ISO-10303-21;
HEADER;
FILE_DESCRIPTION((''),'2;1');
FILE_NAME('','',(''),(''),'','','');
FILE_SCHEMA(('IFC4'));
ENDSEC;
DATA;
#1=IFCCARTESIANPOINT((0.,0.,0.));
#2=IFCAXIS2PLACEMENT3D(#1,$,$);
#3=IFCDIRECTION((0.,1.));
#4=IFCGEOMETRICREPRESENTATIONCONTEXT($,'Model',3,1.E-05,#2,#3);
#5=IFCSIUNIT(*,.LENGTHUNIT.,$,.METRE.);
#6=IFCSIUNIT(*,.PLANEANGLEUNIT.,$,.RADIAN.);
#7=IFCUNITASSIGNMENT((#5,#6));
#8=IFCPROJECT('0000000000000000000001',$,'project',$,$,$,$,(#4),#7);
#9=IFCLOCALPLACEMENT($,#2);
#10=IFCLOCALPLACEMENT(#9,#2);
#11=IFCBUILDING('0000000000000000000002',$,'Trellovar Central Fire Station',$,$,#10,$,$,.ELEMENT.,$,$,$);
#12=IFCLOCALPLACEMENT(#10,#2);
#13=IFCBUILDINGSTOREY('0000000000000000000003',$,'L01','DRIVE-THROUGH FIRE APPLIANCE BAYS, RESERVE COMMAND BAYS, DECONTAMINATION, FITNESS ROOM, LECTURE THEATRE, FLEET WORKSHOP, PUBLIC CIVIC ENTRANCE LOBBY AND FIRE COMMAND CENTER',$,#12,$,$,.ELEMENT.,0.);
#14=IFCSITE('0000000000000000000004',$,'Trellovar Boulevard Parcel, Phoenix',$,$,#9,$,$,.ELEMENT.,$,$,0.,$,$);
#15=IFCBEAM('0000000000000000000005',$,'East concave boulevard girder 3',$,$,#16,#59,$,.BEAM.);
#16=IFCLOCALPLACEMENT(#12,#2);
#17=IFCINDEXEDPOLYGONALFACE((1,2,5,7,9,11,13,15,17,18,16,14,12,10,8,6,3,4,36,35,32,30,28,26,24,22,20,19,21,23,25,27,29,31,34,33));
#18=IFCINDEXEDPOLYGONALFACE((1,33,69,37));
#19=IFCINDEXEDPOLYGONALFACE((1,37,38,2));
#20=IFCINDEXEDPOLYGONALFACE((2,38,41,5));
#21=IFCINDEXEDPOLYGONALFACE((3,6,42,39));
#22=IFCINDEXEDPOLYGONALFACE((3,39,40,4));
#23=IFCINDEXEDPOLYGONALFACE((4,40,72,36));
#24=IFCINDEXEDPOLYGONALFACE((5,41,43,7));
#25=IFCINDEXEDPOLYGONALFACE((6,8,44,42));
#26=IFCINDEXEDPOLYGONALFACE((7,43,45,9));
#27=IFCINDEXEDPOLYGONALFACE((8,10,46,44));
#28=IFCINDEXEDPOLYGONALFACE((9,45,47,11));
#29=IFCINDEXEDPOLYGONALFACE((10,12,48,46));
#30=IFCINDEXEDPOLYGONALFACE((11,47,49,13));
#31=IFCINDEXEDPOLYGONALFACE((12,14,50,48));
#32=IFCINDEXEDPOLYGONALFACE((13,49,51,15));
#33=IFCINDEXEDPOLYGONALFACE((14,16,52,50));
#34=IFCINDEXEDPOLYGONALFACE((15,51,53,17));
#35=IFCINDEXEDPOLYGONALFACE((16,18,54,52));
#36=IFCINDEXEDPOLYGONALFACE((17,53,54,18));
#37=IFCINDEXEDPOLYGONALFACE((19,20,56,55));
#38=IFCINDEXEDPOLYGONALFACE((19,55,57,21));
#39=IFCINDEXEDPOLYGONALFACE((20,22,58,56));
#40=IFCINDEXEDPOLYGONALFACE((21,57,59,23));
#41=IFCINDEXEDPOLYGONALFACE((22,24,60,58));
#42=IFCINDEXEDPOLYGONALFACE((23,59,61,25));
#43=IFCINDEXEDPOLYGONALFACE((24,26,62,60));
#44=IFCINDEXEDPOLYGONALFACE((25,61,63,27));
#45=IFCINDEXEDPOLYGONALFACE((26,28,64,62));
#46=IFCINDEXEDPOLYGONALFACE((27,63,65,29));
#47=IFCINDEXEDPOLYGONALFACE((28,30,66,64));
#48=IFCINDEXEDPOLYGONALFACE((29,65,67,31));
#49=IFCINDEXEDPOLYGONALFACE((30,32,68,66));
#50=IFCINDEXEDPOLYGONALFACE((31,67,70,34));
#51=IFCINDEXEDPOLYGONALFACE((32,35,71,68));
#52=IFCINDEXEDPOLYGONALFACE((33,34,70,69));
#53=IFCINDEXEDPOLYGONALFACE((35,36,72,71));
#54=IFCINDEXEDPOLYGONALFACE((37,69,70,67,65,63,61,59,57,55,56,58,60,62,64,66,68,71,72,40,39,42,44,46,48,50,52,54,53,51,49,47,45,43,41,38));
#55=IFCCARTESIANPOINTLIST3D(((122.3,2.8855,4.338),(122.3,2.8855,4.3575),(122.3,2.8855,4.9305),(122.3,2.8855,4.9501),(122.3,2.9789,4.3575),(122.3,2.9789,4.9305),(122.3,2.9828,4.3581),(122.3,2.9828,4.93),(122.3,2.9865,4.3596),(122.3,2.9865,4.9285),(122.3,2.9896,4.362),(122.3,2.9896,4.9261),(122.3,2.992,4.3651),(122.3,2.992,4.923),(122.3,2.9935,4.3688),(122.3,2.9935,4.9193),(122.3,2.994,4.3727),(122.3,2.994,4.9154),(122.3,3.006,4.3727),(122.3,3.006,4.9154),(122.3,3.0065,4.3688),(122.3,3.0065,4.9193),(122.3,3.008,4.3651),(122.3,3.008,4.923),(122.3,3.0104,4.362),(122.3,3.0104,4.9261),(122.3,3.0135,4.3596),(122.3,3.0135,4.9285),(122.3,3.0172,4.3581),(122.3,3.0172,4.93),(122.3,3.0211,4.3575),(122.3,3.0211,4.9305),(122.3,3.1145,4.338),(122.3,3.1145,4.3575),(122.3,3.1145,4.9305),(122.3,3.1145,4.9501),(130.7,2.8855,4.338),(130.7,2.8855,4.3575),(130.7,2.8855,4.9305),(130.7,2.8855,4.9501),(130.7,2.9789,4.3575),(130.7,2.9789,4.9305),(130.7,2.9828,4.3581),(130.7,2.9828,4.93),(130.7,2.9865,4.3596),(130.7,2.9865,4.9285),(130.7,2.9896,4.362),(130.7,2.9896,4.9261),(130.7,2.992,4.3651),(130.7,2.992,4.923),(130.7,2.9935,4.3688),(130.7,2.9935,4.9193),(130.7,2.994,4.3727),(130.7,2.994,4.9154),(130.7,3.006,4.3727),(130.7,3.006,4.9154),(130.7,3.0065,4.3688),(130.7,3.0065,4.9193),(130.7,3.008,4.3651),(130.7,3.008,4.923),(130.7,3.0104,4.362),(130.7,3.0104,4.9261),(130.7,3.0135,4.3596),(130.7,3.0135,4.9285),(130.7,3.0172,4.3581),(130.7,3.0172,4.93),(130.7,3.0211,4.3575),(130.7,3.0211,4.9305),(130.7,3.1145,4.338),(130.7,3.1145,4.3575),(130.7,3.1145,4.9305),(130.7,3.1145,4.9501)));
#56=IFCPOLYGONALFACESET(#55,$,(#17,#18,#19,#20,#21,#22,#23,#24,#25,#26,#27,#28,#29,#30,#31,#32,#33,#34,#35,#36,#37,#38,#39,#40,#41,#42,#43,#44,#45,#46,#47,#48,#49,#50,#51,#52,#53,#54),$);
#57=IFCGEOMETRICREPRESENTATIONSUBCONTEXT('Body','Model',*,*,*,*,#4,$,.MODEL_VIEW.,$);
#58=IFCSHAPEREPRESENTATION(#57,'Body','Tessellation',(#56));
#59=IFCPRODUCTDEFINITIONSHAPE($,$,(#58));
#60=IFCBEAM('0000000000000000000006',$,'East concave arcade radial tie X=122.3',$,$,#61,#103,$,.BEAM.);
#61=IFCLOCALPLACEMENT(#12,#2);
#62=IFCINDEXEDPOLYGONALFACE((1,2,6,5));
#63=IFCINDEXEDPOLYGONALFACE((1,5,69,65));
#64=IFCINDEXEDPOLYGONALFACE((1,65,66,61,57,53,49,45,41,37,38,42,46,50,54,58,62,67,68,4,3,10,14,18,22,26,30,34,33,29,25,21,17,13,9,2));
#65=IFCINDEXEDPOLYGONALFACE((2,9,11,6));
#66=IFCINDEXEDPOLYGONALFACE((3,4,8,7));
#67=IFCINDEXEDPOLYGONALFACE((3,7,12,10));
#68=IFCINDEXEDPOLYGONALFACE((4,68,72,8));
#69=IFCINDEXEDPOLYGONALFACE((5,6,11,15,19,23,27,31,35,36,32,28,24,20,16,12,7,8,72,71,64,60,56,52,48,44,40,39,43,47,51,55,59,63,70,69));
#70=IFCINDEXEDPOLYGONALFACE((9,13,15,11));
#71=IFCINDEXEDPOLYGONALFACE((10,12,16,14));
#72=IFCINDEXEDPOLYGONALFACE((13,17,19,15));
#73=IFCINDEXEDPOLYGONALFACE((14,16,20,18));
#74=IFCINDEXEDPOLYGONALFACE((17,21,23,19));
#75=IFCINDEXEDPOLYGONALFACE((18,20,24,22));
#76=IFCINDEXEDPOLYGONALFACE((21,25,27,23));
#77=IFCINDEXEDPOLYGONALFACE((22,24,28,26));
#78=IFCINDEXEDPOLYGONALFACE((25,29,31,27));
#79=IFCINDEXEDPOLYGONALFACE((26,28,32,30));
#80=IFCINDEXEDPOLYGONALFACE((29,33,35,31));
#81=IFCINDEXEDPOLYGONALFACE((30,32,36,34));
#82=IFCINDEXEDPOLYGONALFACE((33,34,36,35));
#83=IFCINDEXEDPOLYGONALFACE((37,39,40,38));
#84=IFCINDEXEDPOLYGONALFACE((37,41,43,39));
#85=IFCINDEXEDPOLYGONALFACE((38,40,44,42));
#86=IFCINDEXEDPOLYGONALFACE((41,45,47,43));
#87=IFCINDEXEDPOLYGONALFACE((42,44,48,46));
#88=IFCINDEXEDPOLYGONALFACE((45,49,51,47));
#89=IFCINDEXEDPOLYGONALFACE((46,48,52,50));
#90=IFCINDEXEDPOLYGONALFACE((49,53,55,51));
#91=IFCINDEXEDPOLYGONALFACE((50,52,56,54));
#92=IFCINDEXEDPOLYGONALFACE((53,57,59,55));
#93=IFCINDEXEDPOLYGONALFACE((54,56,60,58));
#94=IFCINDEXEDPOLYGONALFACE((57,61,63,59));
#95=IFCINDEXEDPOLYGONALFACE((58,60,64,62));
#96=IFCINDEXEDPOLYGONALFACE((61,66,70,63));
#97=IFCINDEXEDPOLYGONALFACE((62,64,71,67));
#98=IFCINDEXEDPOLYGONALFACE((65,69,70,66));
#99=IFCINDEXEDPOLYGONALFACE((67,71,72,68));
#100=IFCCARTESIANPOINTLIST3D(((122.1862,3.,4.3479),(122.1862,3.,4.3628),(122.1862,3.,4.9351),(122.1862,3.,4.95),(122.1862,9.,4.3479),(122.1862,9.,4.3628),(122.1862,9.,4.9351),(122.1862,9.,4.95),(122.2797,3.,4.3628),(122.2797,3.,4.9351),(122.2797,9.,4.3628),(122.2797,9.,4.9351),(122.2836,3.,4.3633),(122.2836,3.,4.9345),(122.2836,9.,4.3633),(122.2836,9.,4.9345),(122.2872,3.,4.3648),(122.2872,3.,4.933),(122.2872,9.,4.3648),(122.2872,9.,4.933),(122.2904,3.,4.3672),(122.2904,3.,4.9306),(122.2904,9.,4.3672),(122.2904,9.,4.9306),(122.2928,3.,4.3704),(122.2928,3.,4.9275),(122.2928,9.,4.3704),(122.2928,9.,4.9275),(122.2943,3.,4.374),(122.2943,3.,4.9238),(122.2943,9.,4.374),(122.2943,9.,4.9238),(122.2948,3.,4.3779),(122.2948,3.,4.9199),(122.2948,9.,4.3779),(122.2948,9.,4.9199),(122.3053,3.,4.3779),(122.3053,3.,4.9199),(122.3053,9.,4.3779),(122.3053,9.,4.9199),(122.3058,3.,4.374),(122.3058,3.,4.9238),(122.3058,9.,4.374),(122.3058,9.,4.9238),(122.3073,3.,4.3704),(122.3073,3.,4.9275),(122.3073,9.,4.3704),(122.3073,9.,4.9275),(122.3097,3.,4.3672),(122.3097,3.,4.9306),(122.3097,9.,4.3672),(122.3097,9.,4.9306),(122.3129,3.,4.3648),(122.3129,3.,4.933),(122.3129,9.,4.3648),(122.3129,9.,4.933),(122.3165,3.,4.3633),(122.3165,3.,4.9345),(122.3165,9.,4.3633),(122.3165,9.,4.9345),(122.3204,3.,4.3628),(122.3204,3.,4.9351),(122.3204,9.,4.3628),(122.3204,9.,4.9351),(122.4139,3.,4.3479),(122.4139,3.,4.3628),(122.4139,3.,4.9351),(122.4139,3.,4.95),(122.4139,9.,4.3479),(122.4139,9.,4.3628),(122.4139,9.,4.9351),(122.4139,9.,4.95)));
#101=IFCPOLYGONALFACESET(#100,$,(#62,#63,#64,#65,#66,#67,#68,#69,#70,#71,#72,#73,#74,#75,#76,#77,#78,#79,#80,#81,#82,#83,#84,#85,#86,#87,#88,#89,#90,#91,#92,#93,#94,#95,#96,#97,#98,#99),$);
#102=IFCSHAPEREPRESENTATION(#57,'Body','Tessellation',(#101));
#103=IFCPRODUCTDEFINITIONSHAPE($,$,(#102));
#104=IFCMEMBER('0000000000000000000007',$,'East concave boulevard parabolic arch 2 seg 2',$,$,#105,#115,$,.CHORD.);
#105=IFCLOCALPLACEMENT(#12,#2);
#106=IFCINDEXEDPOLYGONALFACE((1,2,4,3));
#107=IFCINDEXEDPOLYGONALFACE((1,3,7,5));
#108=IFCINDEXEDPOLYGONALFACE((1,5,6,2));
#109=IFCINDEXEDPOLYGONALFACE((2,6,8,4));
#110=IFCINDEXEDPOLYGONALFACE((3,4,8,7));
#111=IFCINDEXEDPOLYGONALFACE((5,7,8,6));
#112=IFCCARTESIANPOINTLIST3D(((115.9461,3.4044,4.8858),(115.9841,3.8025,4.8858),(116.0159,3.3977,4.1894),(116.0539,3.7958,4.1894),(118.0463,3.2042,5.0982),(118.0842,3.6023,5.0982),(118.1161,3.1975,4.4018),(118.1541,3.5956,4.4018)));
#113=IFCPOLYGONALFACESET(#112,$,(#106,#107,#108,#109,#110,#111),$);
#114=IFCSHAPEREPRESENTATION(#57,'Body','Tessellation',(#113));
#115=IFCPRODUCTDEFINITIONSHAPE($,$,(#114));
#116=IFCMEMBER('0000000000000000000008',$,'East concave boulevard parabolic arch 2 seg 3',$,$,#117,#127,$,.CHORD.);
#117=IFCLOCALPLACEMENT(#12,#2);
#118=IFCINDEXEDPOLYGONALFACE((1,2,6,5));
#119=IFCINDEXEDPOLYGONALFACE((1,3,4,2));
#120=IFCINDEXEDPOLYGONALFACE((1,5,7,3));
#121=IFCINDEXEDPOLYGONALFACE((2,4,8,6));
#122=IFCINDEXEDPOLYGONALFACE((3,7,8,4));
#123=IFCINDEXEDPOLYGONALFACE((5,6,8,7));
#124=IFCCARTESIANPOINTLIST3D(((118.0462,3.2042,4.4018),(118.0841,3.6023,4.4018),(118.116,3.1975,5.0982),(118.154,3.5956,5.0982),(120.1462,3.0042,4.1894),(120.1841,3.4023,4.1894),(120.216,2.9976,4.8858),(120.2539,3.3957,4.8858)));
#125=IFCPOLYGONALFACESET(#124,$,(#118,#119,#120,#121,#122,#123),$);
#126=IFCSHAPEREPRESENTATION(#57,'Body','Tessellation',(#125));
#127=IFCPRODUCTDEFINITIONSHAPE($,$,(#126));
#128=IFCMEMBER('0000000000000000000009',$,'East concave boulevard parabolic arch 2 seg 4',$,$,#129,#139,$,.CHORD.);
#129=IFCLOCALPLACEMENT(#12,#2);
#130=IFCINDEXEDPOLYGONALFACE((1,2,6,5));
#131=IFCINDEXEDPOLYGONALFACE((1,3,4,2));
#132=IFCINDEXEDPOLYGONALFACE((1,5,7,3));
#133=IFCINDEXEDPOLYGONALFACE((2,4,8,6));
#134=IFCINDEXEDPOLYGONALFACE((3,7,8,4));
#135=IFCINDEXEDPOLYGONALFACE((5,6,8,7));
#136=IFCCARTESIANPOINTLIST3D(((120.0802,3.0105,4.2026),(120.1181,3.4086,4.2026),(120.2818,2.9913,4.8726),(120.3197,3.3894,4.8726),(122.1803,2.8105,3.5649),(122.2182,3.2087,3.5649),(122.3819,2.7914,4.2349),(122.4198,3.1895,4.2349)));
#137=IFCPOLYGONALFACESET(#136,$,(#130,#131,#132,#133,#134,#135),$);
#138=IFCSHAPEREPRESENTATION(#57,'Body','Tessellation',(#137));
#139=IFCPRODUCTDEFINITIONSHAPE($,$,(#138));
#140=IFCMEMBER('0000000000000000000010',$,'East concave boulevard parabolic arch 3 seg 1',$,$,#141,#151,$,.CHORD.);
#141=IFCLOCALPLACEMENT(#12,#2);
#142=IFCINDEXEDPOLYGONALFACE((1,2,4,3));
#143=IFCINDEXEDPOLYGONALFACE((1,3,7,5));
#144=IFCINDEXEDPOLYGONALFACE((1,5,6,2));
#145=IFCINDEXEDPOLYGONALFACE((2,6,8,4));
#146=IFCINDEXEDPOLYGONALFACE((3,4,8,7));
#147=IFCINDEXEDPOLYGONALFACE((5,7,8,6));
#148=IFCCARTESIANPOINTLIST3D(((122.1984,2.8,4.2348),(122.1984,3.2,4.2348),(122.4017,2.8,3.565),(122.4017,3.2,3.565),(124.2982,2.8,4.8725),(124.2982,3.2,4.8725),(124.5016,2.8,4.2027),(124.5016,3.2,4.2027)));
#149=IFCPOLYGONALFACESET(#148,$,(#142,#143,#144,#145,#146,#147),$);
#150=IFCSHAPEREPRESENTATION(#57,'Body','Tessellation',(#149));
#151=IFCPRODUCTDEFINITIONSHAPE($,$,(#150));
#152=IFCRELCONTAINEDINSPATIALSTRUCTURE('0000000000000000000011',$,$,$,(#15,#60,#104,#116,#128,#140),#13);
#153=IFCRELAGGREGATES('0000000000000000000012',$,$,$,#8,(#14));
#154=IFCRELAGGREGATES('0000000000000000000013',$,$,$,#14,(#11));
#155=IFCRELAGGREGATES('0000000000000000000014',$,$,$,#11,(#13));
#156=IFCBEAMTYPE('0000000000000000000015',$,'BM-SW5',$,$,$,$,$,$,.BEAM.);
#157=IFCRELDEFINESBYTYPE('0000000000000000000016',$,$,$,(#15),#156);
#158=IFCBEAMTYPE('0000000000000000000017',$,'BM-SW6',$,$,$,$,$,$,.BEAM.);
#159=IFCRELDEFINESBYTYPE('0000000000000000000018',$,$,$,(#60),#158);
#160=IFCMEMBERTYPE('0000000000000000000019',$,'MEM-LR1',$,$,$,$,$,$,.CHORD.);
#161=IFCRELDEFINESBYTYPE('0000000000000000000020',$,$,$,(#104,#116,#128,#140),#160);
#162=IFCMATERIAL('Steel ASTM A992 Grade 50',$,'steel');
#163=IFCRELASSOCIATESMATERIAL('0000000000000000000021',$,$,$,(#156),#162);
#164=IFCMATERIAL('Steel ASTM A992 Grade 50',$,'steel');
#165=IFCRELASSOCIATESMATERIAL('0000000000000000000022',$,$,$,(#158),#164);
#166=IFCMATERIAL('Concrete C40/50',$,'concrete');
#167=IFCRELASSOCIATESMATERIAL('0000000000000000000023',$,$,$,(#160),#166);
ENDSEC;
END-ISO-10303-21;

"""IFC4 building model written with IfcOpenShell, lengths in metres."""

from ifc_helpers import new_model, si_unit, direction, frame, origin, origin_2d, place, context, subcontext, project, spatial, rectangle, i_section, extrude, material, material_profile, profile_set, type_object, element, save


model = new_model("IFC4")

# Units and contexts
model_context = context("Model", 3, precision=1e-05, world=origin(), true_north=direction((0.0, 1.0)))
body_context = subcontext(model_context, "Body", "Model", "MODEL_VIEW")
ifc_project = project(units=[si_unit("LENGTHUNIT", "METRE"), si_unit("PLANEANGLEUNIT", "RADIAN")], contexts=[model_context])

# Site, building, storey
site_placement = place(None, origin())
site = spatial("IfcSite", under=ifc_project, at=site_placement, Name="Trellovar Boulevard Parcel, Phoenix", CompositionType="ELEMENT", RefElevation=0.0)
building_placement = place(site_placement, origin())
building = spatial("IfcBuilding", under=site, at=building_placement, Name="Trellovar Central Fire Station", CompositionType="ELEMENT")
storey_placement = place(building_placement, origin())
storey = spatial("IfcBuildingStorey", under=building, at=storey_placement, Name="L01", Description="DRIVE-THROUGH FIRE APPLIANCE BAYS, RESERVE COMMAND BAYS, DECONTAMINATION, FITNESS ROOM, LECTURE THEATRE, FLEET WORKSHOP, PUBLIC CIVIC ENTRANCE LOBBY AND FIRE COMMAND CENTER", CompositionType="ELEMENT", Elevation=0.0)

# Beams
ifc_material_1 = material(Name="Steel ASTM A992 Grade 50", Category="steel")
ifc_material_profile_1 = material_profile(ifc_material_1, i_section(OverallWidth=0.229, OverallDepth=0.6121, WebThickness=0.012, FlangeThickness=0.0195, FilletRadius=0.0151, at=origin_2d()), Name="W24X84")
ifc_profile_set_1 = profile_set([ifc_material_profile_1], Name="Steel ASTM A992 Grade 50")
beam_type_1 = type_object("IfcBeamType", Name="BM-SW5", PredefinedType="BEAM", material=ifc_profile_set_1)
beam_1_placement = place(storey_placement, frame((122.3, 3.0, 4.644), z_axis=(1.0, 0.0, 0.0), x_axis=(0.0, 1.0, 0.0)))
element("IfcBeam", 1, at=beam_1_placement, inside=storey, type_object=beam_type_1, Name="East concave boulevard girder 3", PredefinedType="BEAM", context=body_context, shape_type="SweptSolid", body=[
    extrude(i_section(OverallWidth=0.229, OverallDepth=0.6121, WebThickness=0.012, FlangeThickness=0.0195, FilletRadius=0.0151, at=origin_2d()), origin(), (0.0, 0.0, 1.0), 8.3999),
])
ifc_material_2 = material(Name="Steel ASTM A992 Grade 50", Category="steel")
ifc_material_profile_2 = material_profile(ifc_material_2, i_section(OverallWidth=0.2278, OverallDepth=0.6021, WebThickness=0.0105, FlangeThickness=0.0149, FilletRadius=0.0151, at=origin_2d()), Name="W24X68")
ifc_profile_set_2 = profile_set([ifc_material_profile_2], Name="Steel ASTM A992 Grade 50")
beam_type_2 = type_object("IfcBeamType", Name="BM-SW6", PredefinedType="BEAM", material=ifc_profile_set_2)
beam_2_placement = place(storey_placement, frame((122.3, 3.0, 4.6489), z_axis=(0.0, 1.0, 0.0), x_axis=(-1.0, 0.0, 0.0)))
element("IfcBeam", 2, at=beam_2_placement, inside=storey, type_object=beam_type_2, Name="East concave arcade radial tie X=122.3", PredefinedType="BEAM", context=body_context, shape_type="SweptSolid", body=[
    extrude(i_section(OverallWidth=0.2278, OverallDepth=0.6021, WebThickness=0.0105, FlangeThickness=0.0149, FilletRadius=0.0151, at=origin_2d()), origin(), (0.0, 0.0, 1.0), 6.0),
])

# Members
ifc_material_3 = material(Name="Concrete C40/50", Category="concrete")
ifc_material_profile_3 = material_profile(ifc_material_3, rectangle(XDim=0.3999, YDim=0.7, at=origin_2d()), Name="RC400X700")
ifc_profile_set_3 = profile_set([ifc_material_profile_3], Name="Concrete C40/50")
member_type_1 = type_object("IfcMemberType", Name="MEM-LR1", PredefinedType="CHORD", material=ifc_profile_set_3)
member_1_placement = place(storey_placement, frame((116.0, 3.6001, 4.5376), z_axis=(0.99048, -0.094419, 0.100176), x_axis=(0.094896, 0.995487, 0.0)))
element("IfcMember", 3, at=member_1_placement, inside=storey, type_object=member_type_1, Name="East concave boulevard parabolic arch 2 seg 2", PredefinedType="CHORD", context=body_context, shape_type="SweptSolid", body=[
    extrude(rectangle(XDim=0.3999, YDim=0.7, at=origin_2d()), origin(), (0.0, 0.0, 1.0), 2.1204),
])
member_2_placement = place(storey_placement, frame((118.1001, 3.3999, 4.75), z_axis=(0.990488, -0.094316, -0.100189), x_axis=(0.094793, 0.995497, 0.0)))
element("IfcMember", 4, at=member_2_placement, inside=storey, type_object=member_type_1, Name="East concave boulevard parabolic arch 2 seg 3", PredefinedType="CHORD", context=body_context, shape_type="SweptSolid", body=[
    extrude(rectangle(XDim=0.3999, YDim=0.7, at=origin_2d()), origin(), (0.0, 0.0, 1.0), 2.1201),
])
member_3_placement = place(storey_placement, frame((120.2, 3.2, 4.5376), z_axis=(0.952913, -0.090727, -0.289352), x_axis=(0.094782, 0.995498, 0.0)))
element("IfcMember", 5, at=member_3_placement, inside=storey, type_object=member_type_1, Name="East concave boulevard parabolic arch 2 seg 4", PredefinedType="CHORD", context=body_context, shape_type="SweptSolid", body=[
    extrude(rectangle(XDim=0.3999, YDim=0.7, at=origin_2d()), origin(), (0.0, 0.0, 1.0), 2.2039),
])
member_4_placement = place(storey_placement, frame((122.3, 3.0, 3.8999), z_axis=(0.95685, 0.0, 0.290582), x_axis=(0.0, 1.0, 0.0)))
element("IfcMember", 6, at=member_4_placement, inside=storey, type_object=member_type_1, Name="East concave boulevard parabolic arch 3 seg 1", PredefinedType="CHORD", context=body_context, shape_type="SweptSolid", body=[
    extrude(rectangle(XDim=0.3999, YDim=0.7, at=origin_2d()), origin(), (0.0, 0.0, 1.0), 2.1946),
])

save(model, "model.ifc")
